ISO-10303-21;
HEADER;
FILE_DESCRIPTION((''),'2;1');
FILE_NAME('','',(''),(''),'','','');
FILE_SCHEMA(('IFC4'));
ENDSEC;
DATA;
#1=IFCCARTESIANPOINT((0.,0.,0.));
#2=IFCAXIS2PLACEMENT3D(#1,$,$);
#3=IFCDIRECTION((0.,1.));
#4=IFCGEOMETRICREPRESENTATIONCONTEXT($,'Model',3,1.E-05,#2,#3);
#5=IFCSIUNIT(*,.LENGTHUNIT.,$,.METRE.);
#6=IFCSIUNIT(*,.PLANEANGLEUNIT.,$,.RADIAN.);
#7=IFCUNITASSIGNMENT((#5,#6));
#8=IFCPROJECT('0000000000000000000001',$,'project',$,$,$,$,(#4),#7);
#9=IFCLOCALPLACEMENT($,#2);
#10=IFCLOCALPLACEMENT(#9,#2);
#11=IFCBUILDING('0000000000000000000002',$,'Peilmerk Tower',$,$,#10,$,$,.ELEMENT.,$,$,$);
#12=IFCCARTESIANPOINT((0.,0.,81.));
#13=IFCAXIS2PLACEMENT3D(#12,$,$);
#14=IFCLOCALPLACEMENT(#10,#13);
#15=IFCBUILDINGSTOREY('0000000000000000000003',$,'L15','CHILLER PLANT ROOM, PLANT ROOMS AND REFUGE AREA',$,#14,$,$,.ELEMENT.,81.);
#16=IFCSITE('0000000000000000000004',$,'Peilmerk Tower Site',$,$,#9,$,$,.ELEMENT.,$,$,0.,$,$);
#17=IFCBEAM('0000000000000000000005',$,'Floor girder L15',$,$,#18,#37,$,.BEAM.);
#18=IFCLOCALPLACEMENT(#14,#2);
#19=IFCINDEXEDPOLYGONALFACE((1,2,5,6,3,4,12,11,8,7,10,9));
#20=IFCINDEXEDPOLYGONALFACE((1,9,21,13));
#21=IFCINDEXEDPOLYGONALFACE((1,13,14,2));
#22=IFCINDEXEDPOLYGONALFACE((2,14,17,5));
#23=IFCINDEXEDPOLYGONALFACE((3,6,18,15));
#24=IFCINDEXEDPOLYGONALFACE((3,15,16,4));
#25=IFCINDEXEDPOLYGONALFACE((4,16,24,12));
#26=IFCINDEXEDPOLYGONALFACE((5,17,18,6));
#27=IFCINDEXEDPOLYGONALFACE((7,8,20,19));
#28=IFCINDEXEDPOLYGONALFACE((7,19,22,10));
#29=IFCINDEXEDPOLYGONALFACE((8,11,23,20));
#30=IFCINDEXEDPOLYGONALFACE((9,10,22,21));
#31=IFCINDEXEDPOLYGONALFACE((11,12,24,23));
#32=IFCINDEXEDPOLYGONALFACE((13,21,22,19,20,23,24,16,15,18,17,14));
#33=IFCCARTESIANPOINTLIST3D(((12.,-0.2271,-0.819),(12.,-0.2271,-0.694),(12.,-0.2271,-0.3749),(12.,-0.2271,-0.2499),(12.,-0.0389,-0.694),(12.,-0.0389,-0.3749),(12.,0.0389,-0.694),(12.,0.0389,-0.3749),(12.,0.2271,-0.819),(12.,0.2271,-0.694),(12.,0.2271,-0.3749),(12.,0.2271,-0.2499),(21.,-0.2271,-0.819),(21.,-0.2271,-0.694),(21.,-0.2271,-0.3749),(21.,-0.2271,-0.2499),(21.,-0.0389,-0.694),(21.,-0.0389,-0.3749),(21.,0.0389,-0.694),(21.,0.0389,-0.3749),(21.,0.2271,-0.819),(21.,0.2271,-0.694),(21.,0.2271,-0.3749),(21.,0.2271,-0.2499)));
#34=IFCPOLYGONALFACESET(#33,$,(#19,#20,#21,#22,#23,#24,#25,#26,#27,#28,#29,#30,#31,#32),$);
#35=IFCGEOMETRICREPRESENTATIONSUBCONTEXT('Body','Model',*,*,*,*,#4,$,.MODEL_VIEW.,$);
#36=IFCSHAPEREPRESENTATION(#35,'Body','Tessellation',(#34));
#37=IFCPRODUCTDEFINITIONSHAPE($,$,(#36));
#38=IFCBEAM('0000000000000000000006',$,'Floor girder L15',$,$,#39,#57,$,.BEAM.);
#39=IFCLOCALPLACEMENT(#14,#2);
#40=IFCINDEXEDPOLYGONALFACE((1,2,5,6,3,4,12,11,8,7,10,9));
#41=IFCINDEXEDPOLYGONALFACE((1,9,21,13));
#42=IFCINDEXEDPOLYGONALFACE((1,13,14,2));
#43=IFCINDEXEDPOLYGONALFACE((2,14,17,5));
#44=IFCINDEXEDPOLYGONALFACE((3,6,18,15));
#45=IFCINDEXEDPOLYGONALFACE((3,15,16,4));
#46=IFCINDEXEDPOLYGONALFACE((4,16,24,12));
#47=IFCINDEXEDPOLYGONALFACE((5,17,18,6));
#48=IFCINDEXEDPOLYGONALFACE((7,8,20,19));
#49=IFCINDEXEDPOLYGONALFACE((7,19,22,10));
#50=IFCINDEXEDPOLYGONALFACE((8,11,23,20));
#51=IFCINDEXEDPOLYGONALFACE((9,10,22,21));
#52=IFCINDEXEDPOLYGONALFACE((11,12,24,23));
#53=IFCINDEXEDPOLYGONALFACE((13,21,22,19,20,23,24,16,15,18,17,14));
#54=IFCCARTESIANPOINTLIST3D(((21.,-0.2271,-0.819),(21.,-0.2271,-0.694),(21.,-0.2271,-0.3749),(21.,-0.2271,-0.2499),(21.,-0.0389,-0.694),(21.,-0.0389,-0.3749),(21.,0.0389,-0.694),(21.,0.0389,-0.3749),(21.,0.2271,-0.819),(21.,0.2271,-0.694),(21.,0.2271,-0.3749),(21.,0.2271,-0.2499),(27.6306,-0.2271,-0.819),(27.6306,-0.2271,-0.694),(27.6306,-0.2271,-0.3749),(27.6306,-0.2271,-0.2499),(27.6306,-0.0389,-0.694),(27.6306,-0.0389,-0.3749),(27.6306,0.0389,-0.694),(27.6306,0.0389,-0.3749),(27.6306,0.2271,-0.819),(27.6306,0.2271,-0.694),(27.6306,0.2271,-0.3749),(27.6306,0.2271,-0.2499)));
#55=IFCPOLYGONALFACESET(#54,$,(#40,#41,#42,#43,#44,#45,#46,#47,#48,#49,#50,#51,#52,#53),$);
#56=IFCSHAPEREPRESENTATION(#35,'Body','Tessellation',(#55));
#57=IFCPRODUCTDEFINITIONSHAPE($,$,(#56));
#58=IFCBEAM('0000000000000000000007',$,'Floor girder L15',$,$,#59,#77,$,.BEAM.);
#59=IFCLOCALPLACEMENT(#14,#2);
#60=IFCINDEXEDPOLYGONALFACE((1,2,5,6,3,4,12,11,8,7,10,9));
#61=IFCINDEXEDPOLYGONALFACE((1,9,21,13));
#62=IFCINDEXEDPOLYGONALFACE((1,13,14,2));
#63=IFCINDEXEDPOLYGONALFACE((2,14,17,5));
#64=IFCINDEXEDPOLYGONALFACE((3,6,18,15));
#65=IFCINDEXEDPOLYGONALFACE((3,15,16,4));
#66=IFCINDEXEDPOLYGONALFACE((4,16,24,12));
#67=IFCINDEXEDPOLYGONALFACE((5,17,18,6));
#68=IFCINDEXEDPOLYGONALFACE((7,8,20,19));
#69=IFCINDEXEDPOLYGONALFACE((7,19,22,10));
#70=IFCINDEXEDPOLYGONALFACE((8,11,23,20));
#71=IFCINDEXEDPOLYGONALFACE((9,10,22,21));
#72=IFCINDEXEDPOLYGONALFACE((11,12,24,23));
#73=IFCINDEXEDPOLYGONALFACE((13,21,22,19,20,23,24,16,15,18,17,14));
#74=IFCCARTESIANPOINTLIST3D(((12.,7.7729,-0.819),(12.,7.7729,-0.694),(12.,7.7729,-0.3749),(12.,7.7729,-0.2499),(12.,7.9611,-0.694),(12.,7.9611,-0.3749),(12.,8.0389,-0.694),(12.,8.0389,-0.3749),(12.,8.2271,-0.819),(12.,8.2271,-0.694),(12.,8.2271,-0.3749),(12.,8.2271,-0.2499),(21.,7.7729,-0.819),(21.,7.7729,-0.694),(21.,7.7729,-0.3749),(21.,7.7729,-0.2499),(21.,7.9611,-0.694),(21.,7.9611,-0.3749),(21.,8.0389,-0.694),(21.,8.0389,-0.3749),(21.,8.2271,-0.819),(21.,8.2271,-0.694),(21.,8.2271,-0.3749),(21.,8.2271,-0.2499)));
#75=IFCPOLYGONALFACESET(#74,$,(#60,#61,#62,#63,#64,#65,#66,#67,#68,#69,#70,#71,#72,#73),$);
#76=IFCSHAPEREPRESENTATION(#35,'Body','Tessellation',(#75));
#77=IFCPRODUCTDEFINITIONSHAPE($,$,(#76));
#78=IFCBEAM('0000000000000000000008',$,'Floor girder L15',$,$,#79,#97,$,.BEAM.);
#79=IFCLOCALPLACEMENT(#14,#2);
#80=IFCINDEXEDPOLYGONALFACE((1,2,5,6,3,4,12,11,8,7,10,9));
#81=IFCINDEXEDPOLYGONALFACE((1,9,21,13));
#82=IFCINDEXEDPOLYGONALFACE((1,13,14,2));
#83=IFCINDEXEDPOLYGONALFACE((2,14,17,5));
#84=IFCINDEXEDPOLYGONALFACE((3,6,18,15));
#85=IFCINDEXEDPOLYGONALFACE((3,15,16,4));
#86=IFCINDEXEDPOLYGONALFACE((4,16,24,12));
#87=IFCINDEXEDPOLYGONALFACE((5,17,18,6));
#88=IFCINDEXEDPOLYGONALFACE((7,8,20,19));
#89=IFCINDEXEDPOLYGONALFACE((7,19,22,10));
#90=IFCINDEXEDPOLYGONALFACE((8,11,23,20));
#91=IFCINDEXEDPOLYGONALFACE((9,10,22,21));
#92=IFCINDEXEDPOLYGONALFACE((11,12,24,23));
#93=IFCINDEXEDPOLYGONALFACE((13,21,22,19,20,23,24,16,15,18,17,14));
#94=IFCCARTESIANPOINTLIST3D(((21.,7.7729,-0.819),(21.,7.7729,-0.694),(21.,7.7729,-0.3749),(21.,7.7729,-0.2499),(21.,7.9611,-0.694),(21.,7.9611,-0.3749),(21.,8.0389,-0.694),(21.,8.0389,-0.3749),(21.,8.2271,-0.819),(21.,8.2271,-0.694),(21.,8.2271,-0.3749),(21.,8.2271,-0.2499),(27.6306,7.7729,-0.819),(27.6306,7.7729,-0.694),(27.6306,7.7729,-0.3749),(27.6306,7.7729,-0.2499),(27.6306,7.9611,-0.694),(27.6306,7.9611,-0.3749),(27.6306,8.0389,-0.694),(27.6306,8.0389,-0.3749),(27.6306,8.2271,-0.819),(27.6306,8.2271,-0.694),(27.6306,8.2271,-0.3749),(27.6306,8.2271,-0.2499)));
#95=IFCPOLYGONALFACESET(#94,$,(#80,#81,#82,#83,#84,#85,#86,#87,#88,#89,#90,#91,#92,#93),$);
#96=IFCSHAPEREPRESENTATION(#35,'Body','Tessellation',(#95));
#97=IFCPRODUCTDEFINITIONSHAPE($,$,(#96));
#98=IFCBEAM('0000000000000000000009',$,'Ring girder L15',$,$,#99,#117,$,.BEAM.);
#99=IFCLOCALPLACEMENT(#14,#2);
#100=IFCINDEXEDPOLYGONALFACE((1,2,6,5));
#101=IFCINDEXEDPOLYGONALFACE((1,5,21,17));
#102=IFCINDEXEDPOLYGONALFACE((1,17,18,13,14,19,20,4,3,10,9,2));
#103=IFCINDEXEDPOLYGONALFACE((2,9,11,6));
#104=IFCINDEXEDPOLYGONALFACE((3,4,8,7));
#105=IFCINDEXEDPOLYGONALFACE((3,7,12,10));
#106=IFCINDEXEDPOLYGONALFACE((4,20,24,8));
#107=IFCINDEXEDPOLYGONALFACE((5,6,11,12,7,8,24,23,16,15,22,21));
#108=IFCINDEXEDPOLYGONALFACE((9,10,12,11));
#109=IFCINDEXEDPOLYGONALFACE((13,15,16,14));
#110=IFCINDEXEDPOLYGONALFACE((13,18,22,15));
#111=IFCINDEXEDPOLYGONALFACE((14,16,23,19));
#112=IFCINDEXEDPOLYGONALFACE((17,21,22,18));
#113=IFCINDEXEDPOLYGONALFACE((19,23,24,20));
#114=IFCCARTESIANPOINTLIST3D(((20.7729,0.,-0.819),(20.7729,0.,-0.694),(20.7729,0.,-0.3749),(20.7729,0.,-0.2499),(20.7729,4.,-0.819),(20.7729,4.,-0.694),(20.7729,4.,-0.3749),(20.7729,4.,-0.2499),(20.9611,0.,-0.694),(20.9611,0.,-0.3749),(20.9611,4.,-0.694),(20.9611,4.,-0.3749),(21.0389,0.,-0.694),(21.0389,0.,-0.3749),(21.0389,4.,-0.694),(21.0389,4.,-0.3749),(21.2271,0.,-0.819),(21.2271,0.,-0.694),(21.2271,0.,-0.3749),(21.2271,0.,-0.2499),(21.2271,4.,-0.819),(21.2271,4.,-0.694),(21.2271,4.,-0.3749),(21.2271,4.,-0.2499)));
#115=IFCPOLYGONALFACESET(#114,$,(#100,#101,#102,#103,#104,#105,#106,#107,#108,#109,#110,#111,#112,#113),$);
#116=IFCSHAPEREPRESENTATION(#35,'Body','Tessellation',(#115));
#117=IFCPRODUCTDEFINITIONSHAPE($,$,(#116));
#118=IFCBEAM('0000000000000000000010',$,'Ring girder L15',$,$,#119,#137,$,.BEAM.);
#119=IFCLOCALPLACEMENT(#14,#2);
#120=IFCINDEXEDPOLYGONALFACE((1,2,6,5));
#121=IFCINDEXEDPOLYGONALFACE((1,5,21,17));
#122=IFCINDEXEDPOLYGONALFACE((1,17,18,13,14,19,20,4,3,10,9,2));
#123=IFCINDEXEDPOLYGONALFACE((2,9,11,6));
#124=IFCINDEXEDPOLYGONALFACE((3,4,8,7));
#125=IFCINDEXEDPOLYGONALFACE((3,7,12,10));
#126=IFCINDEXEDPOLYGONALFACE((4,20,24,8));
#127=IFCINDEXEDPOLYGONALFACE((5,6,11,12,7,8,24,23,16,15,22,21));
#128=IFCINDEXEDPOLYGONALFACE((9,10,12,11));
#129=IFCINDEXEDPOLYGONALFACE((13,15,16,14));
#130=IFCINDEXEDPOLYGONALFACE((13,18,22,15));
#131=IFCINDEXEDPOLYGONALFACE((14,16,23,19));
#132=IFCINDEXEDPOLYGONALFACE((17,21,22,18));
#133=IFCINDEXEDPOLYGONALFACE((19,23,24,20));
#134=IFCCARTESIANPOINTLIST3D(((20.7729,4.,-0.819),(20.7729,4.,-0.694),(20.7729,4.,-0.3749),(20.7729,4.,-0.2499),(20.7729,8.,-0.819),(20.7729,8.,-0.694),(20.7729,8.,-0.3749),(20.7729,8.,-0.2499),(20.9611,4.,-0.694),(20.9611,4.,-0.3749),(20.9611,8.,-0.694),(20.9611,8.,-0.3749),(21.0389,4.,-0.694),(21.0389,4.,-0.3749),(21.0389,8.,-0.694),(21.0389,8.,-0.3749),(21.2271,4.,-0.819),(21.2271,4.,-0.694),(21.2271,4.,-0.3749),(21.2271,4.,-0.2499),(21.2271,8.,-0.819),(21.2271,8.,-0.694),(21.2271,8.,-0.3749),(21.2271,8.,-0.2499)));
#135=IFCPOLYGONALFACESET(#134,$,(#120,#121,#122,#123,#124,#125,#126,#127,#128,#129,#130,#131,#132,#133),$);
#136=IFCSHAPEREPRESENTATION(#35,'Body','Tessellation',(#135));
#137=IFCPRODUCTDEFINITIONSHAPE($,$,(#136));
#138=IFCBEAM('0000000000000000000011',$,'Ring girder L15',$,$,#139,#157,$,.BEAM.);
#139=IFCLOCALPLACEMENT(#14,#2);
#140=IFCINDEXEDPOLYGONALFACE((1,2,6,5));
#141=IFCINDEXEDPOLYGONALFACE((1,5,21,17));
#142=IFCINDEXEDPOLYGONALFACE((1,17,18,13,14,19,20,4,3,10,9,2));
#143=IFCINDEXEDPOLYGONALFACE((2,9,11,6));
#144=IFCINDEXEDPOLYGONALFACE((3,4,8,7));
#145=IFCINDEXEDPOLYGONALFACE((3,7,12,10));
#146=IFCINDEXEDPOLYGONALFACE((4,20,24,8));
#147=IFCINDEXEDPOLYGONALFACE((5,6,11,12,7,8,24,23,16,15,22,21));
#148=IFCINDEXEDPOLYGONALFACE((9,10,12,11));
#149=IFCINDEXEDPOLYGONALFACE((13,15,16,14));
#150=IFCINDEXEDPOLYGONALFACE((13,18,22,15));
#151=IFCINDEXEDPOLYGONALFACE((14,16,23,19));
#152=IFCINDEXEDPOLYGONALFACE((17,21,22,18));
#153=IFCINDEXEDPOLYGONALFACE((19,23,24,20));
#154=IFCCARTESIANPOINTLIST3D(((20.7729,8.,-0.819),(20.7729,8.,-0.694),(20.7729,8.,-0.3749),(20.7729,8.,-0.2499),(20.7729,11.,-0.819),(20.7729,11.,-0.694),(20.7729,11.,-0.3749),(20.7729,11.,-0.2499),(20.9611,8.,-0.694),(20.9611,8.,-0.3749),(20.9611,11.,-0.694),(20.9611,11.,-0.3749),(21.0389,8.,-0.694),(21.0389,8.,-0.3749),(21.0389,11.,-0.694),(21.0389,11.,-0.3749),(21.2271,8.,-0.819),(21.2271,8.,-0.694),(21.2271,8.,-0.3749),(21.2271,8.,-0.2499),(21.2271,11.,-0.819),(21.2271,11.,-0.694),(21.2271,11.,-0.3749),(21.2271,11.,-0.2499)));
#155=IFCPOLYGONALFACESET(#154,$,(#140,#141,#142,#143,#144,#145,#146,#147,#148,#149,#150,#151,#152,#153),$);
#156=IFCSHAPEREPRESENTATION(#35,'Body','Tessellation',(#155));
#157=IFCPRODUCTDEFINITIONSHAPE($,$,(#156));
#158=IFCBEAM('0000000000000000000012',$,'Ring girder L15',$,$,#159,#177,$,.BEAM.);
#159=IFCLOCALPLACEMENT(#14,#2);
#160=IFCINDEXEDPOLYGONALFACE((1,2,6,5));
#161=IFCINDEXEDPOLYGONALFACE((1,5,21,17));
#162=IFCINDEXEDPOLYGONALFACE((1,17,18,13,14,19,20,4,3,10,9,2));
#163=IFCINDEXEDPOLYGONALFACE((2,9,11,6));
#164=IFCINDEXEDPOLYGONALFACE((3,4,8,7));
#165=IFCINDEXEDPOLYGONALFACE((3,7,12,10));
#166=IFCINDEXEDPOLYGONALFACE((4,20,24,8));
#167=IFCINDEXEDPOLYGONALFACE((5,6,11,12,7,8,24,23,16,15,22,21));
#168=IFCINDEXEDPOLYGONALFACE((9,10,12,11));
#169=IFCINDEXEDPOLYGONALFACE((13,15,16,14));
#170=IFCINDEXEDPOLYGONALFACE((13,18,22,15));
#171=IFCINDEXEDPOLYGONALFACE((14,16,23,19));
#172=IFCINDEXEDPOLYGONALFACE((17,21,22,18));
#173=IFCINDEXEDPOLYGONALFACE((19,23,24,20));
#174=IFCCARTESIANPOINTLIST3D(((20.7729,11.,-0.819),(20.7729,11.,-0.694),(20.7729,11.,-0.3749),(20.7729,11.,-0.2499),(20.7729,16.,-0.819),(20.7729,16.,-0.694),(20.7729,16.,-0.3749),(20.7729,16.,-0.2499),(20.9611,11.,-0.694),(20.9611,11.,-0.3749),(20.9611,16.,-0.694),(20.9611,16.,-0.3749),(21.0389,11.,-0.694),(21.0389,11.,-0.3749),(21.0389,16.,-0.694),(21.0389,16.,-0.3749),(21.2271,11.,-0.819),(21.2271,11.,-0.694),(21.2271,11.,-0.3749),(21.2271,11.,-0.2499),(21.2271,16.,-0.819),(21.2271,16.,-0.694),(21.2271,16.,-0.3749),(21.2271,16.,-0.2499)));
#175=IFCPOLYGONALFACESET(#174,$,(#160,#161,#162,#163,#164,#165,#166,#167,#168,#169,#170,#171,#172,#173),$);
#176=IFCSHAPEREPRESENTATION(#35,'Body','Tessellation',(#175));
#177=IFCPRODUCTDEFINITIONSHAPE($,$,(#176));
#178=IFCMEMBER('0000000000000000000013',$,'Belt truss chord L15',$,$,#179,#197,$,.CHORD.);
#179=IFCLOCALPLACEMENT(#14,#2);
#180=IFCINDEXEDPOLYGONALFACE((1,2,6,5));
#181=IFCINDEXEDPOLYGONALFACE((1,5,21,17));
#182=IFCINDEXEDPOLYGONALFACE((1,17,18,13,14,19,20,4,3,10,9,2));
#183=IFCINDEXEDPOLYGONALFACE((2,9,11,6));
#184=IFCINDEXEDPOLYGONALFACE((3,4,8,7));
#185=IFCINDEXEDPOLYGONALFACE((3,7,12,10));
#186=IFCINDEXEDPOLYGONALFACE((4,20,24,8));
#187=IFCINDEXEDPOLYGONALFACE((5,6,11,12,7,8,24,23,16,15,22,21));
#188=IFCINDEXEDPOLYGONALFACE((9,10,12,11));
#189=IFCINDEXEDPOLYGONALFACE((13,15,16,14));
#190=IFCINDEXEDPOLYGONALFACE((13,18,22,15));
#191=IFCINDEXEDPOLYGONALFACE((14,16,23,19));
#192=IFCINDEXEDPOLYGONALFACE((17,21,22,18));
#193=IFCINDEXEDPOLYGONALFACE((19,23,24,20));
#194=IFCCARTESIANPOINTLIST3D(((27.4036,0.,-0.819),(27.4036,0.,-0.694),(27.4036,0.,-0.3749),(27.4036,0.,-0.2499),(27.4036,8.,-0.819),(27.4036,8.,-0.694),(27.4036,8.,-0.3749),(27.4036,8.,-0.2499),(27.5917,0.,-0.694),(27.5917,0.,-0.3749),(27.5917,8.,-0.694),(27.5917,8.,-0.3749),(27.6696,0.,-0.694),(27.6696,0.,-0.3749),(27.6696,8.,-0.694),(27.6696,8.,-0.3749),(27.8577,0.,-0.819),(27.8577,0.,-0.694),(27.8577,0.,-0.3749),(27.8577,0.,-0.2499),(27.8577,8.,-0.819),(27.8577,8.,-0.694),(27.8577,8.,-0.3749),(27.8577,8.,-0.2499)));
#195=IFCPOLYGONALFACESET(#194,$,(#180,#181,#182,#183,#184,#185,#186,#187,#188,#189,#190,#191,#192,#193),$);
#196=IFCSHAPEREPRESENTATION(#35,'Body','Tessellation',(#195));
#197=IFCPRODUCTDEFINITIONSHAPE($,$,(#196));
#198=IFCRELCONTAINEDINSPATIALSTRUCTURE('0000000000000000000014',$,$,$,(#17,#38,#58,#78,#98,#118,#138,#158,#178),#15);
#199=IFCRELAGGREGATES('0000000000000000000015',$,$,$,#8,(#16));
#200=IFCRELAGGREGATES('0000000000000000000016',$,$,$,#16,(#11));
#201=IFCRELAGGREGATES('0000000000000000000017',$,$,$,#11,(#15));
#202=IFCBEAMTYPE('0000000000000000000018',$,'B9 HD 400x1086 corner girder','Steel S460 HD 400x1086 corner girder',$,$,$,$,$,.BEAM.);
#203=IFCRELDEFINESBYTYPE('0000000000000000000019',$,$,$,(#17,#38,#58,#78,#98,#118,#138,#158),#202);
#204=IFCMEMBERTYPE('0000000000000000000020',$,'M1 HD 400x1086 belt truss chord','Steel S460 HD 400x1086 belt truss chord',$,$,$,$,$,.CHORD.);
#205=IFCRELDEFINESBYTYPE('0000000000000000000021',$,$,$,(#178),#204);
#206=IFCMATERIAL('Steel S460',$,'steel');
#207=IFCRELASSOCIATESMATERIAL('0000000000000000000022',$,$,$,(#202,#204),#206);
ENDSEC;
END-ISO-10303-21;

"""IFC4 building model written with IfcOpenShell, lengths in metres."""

from ifc_helpers import new_model, si_unit, direction, frame, origin, origin_2d, place, context, subcontext, project, spatial, i_section, extrude, material, material_profile, profile_set, type_object, element, save


model = new_model("IFC4")

# Units and contexts
model_context = context("Model", 3, precision=1e-05, world=origin(), true_north=direction((0.0, 1.0)))
body_context = subcontext(model_context, "Body", "Model", "MODEL_VIEW")
ifc_project = project(units=[si_unit("LENGTHUNIT", "METRE"), si_unit("PLANEANGLEUNIT", "RADIAN")], contexts=[model_context])

# Site, building, storey
site_placement = place(None, origin())
site = spatial("IfcSite", under=ifc_project, at=site_placement, Name="Peilmerk Tower Site", CompositionType="ELEMENT", RefElevation=0.0)
building_placement = place(site_placement, origin())
building = spatial("IfcBuilding", under=site, at=building_placement, Name="Peilmerk Tower", CompositionType="ELEMENT")
storey_placement = place(building_placement, frame((0.0, 0.0, 81.0)))
storey = spatial("IfcBuildingStorey", under=building, at=storey_placement, Name="L15", Description="CHILLER PLANT ROOM, PLANT ROOMS AND REFUGE AREA", CompositionType="ELEMENT", Elevation=81.0)

# Shared definitions
ifc_material_1 = material(Name="Steel S460", Category="steel")

# Beams
ifc_material_profile_1 = material_profile(ifc_material_1, i_section(OverallWidth=0.4541, OverallDepth=0.5691, WebThickness=0.0779, FlangeThickness=0.125, at=origin_2d()), Name="HD 400x1086")
ifc_profile_set_1 = profile_set([ifc_material_profile_1], Name="Steel S460")
beam_type_1 = type_object("IfcBeamType", Name="B9 HD 400x1086 corner girder", Description="Steel S460 HD 400x1086 corner girder", PredefinedType="BEAM", material=ifc_profile_set_1)
beam_1_placement = place(storey_placement, frame((12.0, 0.0, -0.5344), z_axis=(1.0, 0.0, 0.0), x_axis=(0.0, 1.0, 0.0)))
element("IfcBeam", 1, at=beam_1_placement, inside=storey, type_object=beam_type_1, Name="Floor girder L15", PredefinedType="BEAM", context=body_context, shape_type="SweptSolid", body=[
    extrude(i_section(OverallWidth=0.4541, OverallDepth=0.5691, WebThickness=0.0779, FlangeThickness=0.125, at=origin_2d()), origin(), (0.0, 0.0, 1.0), 9.0),
])
beam_2_placement = place(storey_placement, frame((21.0, 0.0, -0.5344), z_axis=(1.0, 0.0, 0.0), x_axis=(0.0, 1.0, 0.0)))
element("IfcBeam", 2, at=beam_2_placement, inside=storey, type_object=beam_type_1, Name="Floor girder L15", PredefinedType="BEAM", context=body_context, shape_type="SweptSolid", body=[
    extrude(i_section(OverallWidth=0.4541, OverallDepth=0.5691, WebThickness=0.0779, FlangeThickness=0.125, at=origin_2d()), origin(), (0.0, 0.0, 1.0), 6.6306),
])
beam_3_placement = place(storey_placement, frame((12.0, 8.0, -0.5344), z_axis=(1.0, 0.0, 0.0), x_axis=(0.0, 1.0, 0.0)))
element("IfcBeam", 3, at=beam_3_placement, inside=storey, type_object=beam_type_1, Name="Floor girder L15", PredefinedType="BEAM", context=body_context, shape_type="SweptSolid", body=[
    extrude(i_section(OverallWidth=0.4541, OverallDepth=0.5691, WebThickness=0.0779, FlangeThickness=0.125, at=origin_2d()), origin(), (0.0, 0.0, 1.0), 9.0),
])
beam_4_placement = place(storey_placement, frame((21.0, 8.0, -0.5344), z_axis=(1.0, 0.0, 0.0), x_axis=(0.0, 1.0, 0.0)))
element("IfcBeam", 4, at=beam_4_placement, inside=storey, type_object=beam_type_1, Name="Floor girder L15", PredefinedType="BEAM", context=body_context, shape_type="SweptSolid", body=[
    extrude(i_section(OverallWidth=0.4541, OverallDepth=0.5691, WebThickness=0.0779, FlangeThickness=0.125, at=origin_2d()), origin(), (0.0, 0.0, 1.0), 6.6306),
])
for number, where, z_axis, x_axis, name in (
    (5, (21.0, 0.0, -0.5344), (0.0, 1.0, 0.0), (-1.0, 0.0, 0.0), "Ring girder L15"),
    (6, (21.0, 4.0, -0.5344), (0.0, 1.0, 0.0), (-1.0, 0.0, 0.0), "Ring girder L15"),
):
    element("IfcBeam", number, at=place(storey_placement, frame(where, z_axis=z_axis, x_axis=x_axis)), inside=storey, type_object=beam_type_1, Name=name, PredefinedType="BEAM", context=body_context, shape_type="SweptSolid", body=[
        extrude(i_section(OverallWidth=0.4541, OverallDepth=0.5691, WebThickness=0.0779, FlangeThickness=0.125, at=origin_2d()), origin(), (0.0, 0.0, 1.0), 4.0),
    ])
beam_5_placement = place(storey_placement, frame((21.0, 8.0, -0.5344), z_axis=(0.0, 1.0, 0.0), x_axis=(-1.0, 0.0, 0.0)))
element("IfcBeam", 7, at=beam_5_placement, inside=storey, type_object=beam_type_1, Name="Ring girder L15", PredefinedType="BEAM", context=body_context, shape_type="SweptSolid", body=[
    extrude(i_section(OverallWidth=0.4541, OverallDepth=0.5691, WebThickness=0.0779, FlangeThickness=0.125, at=origin_2d()), origin(), (0.0, 0.0, 1.0), 3.0),
])
beam_6_placement = place(storey_placement, frame((21.0, 11.0, -0.5344), z_axis=(0.0, 1.0, 0.0), x_axis=(-1.0, 0.0, 0.0)))
element("IfcBeam", 8, at=beam_6_placement, inside=storey, type_object=beam_type_1, Name="Ring girder L15", PredefinedType="BEAM", context=body_context, shape_type="SweptSolid", body=[
    extrude(i_section(OverallWidth=0.4541, OverallDepth=0.5691, WebThickness=0.0779, FlangeThickness=0.125, at=origin_2d()), origin(), (0.0, 0.0, 1.0), 5.0),
])

# Member
ifc_material_profile_2 = material_profile(ifc_material_1, i_section(OverallWidth=0.4541, OverallDepth=0.5691, WebThickness=0.0779, FlangeThickness=0.125, at=origin_2d()), Name="HD 400x1086")
ifc_profile_set_2 = profile_set([ifc_material_profile_2], Name="Steel S460")
member_type_1 = type_object("IfcMemberType", Name="M1 HD 400x1086 belt truss chord", Description="Steel S460 HD 400x1086 belt truss chord", PredefinedType="CHORD", material=ifc_profile_set_2)
for number, where, z_axis, x_axis, name in (
    (9, (27.6306, 0.0, -0.5344), (0.0, 1.0, 0.0), (-1.0, 0.0, 0.0), "Belt truss chord L15"),
):
    element("IfcMember", number, at=place(storey_placement, frame(where, z_axis=z_axis, x_axis=x_axis)), inside=storey, type_object=member_type_1, Name=name, PredefinedType="CHORD", context=body_context, shape_type="SweptSolid", body=[
        extrude(i_section(OverallWidth=0.4541, OverallDepth=0.5691, WebThickness=0.0779, FlangeThickness=0.125, at=origin_2d()), origin(), (0.0, 0.0, 1.0), 8.0),
    ])

save(model, "model.ifc")
